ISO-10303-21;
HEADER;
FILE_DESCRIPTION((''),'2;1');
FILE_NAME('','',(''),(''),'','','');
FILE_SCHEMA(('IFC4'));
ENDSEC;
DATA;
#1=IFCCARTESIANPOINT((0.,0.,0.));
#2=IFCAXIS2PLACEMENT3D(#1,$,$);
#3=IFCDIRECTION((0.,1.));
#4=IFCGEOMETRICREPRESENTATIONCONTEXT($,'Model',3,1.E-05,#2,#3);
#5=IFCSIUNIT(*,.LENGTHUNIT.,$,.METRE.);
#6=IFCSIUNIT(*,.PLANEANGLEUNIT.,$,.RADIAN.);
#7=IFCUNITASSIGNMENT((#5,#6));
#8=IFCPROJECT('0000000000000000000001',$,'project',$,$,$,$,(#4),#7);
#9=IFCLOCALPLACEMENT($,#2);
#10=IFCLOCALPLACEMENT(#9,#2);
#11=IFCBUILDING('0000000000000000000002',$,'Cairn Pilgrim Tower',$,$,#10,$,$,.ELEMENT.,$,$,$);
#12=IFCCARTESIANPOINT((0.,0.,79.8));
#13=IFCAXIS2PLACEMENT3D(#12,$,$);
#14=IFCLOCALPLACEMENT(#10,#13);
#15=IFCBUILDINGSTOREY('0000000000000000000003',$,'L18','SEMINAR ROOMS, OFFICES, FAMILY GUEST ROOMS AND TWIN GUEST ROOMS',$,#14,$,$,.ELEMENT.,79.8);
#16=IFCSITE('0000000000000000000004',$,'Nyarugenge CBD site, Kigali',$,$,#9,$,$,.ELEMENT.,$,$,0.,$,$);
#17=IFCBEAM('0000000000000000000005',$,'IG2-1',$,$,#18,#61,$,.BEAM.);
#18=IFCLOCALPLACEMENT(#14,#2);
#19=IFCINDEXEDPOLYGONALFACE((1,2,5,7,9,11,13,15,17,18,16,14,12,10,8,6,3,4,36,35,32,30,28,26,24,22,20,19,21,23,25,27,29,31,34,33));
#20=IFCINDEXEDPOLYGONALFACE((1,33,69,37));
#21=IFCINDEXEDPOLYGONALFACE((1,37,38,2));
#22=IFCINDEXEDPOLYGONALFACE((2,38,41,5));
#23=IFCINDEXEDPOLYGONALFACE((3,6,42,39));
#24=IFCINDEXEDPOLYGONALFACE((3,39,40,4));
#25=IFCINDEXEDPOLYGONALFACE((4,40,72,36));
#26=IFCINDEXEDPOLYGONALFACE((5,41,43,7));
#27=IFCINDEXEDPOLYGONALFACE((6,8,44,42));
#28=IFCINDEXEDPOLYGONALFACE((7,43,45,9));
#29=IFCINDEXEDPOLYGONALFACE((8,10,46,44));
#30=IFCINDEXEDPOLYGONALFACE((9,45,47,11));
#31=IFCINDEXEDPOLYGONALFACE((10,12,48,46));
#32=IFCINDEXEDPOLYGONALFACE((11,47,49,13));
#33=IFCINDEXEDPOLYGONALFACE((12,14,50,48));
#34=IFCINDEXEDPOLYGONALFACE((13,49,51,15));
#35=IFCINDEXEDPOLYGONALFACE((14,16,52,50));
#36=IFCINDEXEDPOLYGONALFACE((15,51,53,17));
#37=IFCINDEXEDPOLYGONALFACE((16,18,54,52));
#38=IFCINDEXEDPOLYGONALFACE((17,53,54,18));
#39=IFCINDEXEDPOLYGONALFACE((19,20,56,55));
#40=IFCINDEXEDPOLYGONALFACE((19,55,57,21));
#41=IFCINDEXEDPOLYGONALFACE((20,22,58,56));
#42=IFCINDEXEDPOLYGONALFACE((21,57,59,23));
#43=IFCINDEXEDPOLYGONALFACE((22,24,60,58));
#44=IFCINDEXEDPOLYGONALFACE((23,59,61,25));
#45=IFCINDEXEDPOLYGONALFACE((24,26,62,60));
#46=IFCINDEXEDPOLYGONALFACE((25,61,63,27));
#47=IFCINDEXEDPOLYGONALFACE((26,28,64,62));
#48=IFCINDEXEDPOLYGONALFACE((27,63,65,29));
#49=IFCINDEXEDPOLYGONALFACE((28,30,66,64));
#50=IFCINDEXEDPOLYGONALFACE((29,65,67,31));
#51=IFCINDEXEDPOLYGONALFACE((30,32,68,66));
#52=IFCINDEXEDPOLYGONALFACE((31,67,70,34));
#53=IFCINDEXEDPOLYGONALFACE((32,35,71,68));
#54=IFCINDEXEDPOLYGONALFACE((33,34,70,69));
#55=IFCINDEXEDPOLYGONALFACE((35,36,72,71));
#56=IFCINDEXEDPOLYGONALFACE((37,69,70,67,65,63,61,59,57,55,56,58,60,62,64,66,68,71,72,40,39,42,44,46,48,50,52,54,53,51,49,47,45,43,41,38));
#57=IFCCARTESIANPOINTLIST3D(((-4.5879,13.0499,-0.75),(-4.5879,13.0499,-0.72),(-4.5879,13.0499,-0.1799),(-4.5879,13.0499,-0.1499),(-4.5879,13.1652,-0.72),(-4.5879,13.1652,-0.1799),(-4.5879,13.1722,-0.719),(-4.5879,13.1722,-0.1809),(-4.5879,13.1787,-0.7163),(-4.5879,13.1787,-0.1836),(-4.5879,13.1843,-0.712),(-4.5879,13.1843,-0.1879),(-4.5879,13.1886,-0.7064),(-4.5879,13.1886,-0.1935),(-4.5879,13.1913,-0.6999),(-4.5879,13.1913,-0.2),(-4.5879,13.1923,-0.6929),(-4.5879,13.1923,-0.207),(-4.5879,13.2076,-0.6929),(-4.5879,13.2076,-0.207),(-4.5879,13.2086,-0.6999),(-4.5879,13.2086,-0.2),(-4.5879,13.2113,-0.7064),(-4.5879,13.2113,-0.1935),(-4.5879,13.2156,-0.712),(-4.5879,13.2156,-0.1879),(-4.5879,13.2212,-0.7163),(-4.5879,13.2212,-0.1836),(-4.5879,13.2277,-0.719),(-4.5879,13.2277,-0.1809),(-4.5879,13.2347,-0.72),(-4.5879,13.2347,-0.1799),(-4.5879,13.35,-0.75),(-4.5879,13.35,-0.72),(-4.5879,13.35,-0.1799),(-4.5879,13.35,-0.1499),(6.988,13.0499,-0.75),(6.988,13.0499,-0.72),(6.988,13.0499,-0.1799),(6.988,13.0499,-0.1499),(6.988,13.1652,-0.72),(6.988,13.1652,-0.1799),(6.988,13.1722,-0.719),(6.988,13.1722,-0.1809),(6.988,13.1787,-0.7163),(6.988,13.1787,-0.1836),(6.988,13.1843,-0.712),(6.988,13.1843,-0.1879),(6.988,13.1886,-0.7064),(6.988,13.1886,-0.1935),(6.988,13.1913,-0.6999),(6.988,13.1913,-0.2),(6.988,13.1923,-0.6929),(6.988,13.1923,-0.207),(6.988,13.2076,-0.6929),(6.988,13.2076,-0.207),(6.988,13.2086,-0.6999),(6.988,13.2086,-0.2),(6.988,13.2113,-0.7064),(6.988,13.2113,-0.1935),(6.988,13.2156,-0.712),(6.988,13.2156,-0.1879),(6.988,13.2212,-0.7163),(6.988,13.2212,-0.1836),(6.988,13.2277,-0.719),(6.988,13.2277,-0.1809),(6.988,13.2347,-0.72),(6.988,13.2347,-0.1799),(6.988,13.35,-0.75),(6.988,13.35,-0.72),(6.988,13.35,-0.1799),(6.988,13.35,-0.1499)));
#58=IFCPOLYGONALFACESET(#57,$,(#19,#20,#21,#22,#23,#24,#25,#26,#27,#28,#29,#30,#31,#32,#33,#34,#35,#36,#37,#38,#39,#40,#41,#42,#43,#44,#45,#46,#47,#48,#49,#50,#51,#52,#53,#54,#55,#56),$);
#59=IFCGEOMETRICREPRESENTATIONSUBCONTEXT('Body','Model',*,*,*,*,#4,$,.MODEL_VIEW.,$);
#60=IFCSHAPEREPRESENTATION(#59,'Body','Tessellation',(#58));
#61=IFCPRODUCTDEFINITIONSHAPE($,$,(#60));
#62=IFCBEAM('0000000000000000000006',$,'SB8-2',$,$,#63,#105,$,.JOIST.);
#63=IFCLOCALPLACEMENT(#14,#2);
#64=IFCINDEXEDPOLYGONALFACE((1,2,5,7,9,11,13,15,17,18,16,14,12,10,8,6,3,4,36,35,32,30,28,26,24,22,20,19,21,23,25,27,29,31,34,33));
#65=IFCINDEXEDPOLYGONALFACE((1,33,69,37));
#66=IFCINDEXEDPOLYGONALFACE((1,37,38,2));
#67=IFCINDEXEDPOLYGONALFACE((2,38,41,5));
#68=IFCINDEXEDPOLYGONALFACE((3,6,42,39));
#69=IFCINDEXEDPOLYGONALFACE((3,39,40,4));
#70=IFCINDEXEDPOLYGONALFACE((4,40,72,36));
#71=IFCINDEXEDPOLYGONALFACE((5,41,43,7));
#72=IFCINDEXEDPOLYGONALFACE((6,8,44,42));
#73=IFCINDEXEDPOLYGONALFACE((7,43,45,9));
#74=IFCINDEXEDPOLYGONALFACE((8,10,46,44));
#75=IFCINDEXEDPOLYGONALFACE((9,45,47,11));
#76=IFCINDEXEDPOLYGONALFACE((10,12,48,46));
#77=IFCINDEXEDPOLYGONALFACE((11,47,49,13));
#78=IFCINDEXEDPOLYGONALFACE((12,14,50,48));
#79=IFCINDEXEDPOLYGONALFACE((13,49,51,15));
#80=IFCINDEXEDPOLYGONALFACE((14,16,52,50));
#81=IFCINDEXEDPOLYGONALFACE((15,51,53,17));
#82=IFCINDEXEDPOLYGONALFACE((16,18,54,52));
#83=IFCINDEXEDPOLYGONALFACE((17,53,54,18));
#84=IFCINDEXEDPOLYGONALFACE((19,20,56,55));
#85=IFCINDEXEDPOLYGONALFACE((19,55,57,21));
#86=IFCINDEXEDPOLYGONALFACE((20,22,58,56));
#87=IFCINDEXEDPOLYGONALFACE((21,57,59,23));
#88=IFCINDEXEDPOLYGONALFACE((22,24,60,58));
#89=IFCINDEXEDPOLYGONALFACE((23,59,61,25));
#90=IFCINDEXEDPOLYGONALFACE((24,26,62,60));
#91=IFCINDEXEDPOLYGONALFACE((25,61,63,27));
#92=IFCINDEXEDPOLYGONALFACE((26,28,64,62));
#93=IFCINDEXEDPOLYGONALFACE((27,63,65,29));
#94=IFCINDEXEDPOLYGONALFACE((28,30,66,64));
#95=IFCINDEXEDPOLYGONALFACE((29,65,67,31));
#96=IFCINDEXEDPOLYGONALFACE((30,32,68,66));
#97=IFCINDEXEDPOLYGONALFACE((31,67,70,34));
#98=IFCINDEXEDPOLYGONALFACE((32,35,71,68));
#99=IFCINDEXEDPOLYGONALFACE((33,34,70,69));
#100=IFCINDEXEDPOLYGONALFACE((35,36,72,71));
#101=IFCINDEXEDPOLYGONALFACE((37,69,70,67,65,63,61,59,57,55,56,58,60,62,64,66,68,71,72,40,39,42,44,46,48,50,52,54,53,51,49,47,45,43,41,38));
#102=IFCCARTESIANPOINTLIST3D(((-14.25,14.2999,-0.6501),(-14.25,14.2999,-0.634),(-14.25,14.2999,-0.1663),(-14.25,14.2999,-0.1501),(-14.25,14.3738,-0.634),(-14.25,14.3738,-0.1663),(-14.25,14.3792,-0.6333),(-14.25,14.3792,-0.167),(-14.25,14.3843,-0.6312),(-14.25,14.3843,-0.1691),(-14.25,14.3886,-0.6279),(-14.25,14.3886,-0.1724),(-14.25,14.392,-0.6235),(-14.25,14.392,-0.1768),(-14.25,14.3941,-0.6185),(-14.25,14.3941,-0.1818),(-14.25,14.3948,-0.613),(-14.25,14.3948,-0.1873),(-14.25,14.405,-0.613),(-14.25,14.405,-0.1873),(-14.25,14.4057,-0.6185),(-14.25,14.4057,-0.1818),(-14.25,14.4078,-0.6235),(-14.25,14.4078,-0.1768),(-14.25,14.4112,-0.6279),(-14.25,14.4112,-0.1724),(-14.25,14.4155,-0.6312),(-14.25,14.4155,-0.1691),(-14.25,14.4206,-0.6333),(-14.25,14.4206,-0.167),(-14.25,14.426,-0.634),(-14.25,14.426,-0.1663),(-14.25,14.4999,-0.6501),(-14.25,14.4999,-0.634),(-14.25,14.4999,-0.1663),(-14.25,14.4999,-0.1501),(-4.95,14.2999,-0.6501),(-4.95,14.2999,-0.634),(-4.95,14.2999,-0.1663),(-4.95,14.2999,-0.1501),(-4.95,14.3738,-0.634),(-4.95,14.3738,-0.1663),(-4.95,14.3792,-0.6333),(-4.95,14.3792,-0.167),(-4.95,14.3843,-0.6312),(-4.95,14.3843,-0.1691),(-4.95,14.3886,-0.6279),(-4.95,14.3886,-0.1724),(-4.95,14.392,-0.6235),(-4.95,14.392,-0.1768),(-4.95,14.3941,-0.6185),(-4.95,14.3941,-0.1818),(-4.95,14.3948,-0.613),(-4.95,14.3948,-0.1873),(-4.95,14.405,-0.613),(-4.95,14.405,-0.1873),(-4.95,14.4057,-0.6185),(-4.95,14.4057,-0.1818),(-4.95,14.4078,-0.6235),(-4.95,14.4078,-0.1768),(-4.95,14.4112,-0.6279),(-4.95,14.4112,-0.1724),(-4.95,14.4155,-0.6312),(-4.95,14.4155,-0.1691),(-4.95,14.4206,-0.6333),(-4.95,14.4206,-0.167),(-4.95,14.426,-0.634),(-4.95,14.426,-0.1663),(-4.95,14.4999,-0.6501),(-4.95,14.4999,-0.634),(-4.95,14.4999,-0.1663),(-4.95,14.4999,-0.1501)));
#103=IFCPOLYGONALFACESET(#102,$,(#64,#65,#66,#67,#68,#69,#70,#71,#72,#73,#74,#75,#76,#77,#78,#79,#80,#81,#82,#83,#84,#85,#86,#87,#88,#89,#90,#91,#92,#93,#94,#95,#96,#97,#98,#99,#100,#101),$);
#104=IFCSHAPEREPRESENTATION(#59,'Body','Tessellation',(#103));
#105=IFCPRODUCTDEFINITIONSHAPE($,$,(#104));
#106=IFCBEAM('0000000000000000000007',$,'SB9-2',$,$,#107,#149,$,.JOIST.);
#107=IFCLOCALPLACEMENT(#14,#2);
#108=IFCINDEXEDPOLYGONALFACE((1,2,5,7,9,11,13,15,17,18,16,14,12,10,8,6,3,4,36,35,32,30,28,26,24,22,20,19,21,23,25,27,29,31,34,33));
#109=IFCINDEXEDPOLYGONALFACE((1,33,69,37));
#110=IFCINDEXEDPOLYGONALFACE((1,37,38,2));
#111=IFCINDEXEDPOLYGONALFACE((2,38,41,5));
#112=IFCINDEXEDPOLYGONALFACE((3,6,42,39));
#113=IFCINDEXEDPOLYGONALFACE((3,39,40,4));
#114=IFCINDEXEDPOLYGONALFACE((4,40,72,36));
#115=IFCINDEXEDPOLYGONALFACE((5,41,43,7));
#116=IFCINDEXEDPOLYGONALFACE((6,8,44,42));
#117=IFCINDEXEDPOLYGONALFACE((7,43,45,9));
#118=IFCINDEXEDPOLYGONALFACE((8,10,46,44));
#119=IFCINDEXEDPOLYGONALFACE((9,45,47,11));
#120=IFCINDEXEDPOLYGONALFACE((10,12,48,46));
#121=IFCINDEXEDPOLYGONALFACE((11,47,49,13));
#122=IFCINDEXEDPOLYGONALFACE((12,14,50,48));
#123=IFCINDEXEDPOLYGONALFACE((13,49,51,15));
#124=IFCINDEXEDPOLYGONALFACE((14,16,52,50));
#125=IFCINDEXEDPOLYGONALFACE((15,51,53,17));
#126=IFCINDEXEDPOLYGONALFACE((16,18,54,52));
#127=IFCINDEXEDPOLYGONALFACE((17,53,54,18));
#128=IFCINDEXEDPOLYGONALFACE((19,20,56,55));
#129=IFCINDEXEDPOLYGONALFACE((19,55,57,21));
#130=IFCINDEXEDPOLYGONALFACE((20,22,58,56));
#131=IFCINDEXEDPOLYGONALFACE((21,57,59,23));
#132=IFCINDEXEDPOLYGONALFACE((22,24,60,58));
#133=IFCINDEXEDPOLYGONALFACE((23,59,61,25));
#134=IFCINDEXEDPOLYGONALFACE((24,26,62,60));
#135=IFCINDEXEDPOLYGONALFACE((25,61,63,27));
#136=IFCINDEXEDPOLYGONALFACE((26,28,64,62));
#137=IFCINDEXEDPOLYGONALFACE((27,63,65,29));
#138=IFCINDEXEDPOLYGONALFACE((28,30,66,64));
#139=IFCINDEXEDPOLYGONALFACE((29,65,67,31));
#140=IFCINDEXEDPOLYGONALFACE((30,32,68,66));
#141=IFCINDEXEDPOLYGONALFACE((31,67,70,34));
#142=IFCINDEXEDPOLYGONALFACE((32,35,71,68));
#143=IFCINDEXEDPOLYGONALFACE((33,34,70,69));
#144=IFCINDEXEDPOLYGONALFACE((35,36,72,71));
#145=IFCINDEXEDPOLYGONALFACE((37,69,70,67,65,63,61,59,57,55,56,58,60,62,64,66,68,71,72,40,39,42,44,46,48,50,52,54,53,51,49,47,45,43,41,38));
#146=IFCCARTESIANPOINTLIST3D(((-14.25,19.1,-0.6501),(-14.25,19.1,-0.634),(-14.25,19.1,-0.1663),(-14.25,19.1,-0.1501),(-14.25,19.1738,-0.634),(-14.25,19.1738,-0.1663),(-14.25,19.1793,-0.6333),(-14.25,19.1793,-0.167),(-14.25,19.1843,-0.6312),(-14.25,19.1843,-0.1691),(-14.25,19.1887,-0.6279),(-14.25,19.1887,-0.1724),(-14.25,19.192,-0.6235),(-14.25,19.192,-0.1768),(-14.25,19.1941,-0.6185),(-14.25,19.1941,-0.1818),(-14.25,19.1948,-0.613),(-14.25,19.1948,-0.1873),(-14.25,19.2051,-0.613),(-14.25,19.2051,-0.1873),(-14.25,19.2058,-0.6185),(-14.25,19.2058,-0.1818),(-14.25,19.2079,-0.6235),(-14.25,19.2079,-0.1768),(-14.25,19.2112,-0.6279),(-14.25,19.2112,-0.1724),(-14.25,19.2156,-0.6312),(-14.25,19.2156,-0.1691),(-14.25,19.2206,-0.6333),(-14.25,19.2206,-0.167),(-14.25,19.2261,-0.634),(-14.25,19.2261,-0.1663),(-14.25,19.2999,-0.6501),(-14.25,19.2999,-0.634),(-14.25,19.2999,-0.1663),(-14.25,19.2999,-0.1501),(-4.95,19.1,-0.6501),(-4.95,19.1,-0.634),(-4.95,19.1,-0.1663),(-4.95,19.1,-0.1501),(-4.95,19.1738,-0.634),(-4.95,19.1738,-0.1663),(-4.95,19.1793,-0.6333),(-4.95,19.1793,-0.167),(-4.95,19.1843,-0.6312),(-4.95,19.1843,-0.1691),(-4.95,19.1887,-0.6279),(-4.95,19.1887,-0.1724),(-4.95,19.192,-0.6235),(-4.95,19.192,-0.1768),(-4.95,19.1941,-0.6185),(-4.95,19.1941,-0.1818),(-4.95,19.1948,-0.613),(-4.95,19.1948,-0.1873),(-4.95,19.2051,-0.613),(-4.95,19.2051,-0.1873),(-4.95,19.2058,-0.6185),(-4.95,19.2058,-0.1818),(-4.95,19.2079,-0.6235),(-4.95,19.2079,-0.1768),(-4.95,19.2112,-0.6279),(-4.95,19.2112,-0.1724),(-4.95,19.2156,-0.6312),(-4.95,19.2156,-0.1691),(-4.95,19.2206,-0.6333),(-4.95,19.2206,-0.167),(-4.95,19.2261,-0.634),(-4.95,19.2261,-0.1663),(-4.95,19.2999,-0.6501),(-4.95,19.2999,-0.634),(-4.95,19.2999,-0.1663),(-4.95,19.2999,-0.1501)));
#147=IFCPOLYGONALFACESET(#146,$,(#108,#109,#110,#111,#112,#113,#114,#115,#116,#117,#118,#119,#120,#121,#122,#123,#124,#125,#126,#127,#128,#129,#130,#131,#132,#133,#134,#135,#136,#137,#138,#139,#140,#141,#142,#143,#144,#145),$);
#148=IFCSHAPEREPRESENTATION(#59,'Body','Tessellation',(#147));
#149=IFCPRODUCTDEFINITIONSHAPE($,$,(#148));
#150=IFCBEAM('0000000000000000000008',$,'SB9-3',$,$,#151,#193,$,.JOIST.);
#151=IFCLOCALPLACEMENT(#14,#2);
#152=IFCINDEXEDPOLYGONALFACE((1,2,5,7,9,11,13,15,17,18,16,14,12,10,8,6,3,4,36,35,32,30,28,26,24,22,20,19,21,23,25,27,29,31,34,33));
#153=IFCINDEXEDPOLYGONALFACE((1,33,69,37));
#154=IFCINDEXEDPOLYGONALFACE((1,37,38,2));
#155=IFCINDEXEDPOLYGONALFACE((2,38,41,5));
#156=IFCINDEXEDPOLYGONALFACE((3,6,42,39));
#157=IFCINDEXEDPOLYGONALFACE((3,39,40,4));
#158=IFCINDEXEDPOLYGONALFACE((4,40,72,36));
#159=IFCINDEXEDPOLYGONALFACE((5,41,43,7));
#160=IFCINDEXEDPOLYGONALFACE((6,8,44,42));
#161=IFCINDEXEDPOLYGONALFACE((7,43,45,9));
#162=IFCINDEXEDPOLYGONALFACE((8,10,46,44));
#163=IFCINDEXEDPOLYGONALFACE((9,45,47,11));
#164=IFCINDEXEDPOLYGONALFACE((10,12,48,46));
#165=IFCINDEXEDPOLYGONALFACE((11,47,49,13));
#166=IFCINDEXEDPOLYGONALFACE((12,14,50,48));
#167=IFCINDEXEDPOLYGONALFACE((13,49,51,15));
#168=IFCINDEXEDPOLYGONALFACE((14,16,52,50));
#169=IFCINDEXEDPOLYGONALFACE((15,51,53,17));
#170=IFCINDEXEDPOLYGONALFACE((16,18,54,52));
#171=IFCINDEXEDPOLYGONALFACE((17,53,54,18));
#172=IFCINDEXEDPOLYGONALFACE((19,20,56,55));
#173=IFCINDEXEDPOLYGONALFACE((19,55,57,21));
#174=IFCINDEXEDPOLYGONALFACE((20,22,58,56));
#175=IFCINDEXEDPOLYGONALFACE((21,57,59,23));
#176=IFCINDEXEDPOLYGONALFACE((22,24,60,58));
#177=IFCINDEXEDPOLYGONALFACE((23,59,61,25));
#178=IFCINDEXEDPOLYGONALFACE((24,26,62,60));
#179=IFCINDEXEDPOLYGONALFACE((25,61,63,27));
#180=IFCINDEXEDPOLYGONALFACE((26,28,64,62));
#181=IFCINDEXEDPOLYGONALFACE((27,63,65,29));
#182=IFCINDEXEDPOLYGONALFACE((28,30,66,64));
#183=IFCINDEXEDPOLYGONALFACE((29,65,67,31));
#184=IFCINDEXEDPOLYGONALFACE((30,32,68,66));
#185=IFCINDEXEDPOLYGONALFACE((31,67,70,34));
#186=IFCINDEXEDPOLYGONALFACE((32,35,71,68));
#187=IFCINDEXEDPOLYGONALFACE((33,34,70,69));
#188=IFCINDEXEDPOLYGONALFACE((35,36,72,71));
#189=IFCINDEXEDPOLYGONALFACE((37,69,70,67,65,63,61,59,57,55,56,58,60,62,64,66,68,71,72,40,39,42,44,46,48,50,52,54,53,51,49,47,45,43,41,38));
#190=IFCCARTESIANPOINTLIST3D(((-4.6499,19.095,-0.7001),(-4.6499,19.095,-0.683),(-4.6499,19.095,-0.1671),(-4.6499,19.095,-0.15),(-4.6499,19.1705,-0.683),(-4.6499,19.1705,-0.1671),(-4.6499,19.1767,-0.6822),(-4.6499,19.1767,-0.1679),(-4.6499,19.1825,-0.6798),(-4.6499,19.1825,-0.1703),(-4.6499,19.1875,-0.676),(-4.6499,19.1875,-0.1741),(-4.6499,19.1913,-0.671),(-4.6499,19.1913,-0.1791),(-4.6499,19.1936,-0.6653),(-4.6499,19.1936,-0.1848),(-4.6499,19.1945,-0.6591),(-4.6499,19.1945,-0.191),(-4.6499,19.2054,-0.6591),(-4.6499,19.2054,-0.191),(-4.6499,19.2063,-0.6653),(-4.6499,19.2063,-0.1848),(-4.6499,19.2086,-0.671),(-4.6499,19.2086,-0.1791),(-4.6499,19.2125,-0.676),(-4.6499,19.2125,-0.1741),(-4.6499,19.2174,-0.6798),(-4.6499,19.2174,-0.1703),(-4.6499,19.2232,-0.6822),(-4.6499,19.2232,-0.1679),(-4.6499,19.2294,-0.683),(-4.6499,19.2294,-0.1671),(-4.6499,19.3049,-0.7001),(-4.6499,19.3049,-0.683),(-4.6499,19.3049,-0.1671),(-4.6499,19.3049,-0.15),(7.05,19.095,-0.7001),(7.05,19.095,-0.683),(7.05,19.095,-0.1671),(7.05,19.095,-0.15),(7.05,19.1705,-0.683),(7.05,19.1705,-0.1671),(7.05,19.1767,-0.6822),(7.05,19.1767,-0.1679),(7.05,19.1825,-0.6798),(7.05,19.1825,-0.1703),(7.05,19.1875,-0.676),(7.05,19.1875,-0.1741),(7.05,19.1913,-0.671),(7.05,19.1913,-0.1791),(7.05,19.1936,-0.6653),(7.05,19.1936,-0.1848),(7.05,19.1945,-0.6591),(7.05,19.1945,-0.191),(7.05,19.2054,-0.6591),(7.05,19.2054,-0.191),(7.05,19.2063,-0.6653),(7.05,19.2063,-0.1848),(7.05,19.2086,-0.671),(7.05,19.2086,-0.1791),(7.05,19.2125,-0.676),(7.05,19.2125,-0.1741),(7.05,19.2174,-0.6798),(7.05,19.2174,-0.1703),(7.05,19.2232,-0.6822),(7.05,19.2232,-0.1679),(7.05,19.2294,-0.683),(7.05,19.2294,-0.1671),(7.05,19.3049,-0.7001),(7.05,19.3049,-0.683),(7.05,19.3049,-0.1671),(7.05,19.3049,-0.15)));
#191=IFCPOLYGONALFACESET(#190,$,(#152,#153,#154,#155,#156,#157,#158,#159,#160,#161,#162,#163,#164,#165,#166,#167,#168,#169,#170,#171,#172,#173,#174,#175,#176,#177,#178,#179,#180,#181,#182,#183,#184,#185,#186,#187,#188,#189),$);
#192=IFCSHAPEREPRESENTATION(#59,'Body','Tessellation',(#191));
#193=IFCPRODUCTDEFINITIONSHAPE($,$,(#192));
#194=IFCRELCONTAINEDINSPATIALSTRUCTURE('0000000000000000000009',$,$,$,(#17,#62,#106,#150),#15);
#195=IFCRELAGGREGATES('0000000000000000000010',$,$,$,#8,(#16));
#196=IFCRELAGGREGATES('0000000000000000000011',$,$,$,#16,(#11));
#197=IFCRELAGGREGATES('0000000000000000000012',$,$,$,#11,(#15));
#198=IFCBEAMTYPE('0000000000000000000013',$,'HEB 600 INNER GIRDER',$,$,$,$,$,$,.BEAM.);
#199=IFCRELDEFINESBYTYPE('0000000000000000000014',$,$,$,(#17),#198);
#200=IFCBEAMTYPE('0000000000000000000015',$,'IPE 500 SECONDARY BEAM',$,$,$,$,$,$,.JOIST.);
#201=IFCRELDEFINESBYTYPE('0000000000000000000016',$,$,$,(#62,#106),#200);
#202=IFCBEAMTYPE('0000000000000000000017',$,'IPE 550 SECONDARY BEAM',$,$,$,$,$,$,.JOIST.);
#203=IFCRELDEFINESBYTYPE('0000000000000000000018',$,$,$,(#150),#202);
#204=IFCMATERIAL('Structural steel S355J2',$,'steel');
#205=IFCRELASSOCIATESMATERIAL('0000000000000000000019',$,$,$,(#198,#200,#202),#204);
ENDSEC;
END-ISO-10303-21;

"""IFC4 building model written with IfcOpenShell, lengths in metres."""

from ifc_helpers import new_model, si_unit, direction, frame, origin, origin_2d, place, context, subcontext, project, spatial, i_section, extrude, material, material_profile, profile_set, type_object, element, save


model = new_model("IFC4")

# Units and contexts
model_context = context("Model", 3, precision=1e-05, world=origin(), true_north=direction((0.0, 1.0)))
body_context = subcontext(model_context, "Body", "Model", "MODEL_VIEW")
ifc_project = project(units=[si_unit("LENGTHUNIT", "METRE"), si_unit("PLANEANGLEUNIT", "RADIAN")], contexts=[model_context])

# Site, building, storey
site_placement = place(None, origin())
site = spatial("IfcSite", under=ifc_project, at=site_placement, Name="Nyarugenge CBD site, Kigali", CompositionType="ELEMENT", RefElevation=0.0)
building_placement = place(site_placement, origin())
building = spatial("IfcBuilding", under=site, at=building_placement, Name="Cairn Pilgrim Tower", CompositionType="ELEMENT")
storey_placement = place(building_placement, frame((0.0, 0.0, 79.8)))
storey = spatial("IfcBuildingStorey", under=building, at=storey_placement, Name="L18", Description="SEMINAR ROOMS, OFFICES, FAMILY GUEST ROOMS AND TWIN GUEST ROOMS", CompositionType="ELEMENT", Elevation=79.8)

# Beams
ifc_material_1 = material(Name="Structural steel S355J2", Category="steel")
ifc_material_profile_1 = material_profile(ifc_material_1, i_section(OverallWidth=0.3, OverallDepth=0.6001, WebThickness=0.0154, FlangeThickness=0.03, FilletRadius=0.0271, at=origin_2d()), Name="HEB 600")
ifc_profile_set_1 = profile_set([ifc_material_profile_1], Name="Structural steel S355J2")
beam_type_1 = type_object("IfcBeamType", Name="HEB 600 INNER GIRDER", PredefinedType="BEAM", material=ifc_profile_set_1)
beam_1_placement = place(storey_placement, frame((-4.5879, 13.2, -0.45), z_axis=(1.0, 0.0, 0.0), x_axis=(0.0, 1.0, 0.0)))
element("IfcBeam", 1, at=beam_1_placement, inside=storey, type_object=beam_type_1, Name="IG2-1", PredefinedType="BEAM", context=body_context, shape_type="SweptSolid", body=[
    extrude(i_section(OverallWidth=0.3, OverallDepth=0.6001, WebThickness=0.0154, FlangeThickness=0.03, FilletRadius=0.0271, at=origin_2d()), origin(), (0.0, 0.0, 1.0), 11.5759),
])
ifc_material_profile_2 = material_profile(ifc_material_1, i_section(OverallWidth=0.2, OverallDepth=0.5, WebThickness=0.0103, FlangeThickness=0.0161, FilletRadius=0.021, at=origin_2d()), Name="IPE 500")
ifc_profile_set_2 = profile_set([ifc_material_profile_2], Name="Structural steel S355J2")
beam_type_2 = type_object("IfcBeamType", Name="IPE 500 SECONDARY BEAM", PredefinedType="JOIST", material=ifc_profile_set_2)
for number, where, z_axis, x_axis, name in (
    (2, (-14.25, 14.3999, -0.4001), (1.0, 0.0, 0.0), (0.0, 1.0, 0.0), "SB8-2"),
    (3, (-14.25, 19.2, -0.4001), (1.0, 0.0, 0.0), (0.0, 1.0, 0.0), "SB9-2"),
):
    element("IfcBeam", number, at=place(storey_placement, frame(where, z_axis=z_axis, x_axis=x_axis)), inside=storey, type_object=beam_type_2, Name=name, PredefinedType="JOIST", context=body_context, shape_type="SweptSolid", body=[
        extrude(i_section(OverallWidth=0.2, OverallDepth=0.5, WebThickness=0.0103, FlangeThickness=0.0161, FilletRadius=0.021, at=origin_2d()), origin(), (0.0, 0.0, 1.0), 9.3),
    ])
ifc_material_profile_3 = material_profile(ifc_material_1, i_section(OverallWidth=0.21, OverallDepth=0.55, WebThickness=0.011, FlangeThickness=0.0171, FilletRadius=0.0239, at=origin_2d()), Name="IPE 550")
ifc_profile_set_3 = profile_set([ifc_material_profile_3], Name="Structural steel S355J2")
beam_type_3 = type_object("IfcBeamType", Name="IPE 550 SECONDARY BEAM", PredefinedType="JOIST", material=ifc_profile_set_3)
beam_2_placement = place(storey_placement, frame((-4.6499, 19.2, -0.425), z_axis=(1.0, 0.0, 0.0), x_axis=(0.0, 1.0, 0.0)))
element("IfcBeam", 4, at=beam_2_placement, inside=storey, type_object=beam_type_3, Name="SB9-3", PredefinedType="JOIST", context=body_context, shape_type="SweptSolid", body=[
    extrude(i_section(OverallWidth=0.21, OverallDepth=0.55, WebThickness=0.011, FlangeThickness=0.0171, FilletRadius=0.0239, at=origin_2d()), origin(), (0.0, 0.0, 1.0), 11.7),
])

save(model, "model.ifc")
